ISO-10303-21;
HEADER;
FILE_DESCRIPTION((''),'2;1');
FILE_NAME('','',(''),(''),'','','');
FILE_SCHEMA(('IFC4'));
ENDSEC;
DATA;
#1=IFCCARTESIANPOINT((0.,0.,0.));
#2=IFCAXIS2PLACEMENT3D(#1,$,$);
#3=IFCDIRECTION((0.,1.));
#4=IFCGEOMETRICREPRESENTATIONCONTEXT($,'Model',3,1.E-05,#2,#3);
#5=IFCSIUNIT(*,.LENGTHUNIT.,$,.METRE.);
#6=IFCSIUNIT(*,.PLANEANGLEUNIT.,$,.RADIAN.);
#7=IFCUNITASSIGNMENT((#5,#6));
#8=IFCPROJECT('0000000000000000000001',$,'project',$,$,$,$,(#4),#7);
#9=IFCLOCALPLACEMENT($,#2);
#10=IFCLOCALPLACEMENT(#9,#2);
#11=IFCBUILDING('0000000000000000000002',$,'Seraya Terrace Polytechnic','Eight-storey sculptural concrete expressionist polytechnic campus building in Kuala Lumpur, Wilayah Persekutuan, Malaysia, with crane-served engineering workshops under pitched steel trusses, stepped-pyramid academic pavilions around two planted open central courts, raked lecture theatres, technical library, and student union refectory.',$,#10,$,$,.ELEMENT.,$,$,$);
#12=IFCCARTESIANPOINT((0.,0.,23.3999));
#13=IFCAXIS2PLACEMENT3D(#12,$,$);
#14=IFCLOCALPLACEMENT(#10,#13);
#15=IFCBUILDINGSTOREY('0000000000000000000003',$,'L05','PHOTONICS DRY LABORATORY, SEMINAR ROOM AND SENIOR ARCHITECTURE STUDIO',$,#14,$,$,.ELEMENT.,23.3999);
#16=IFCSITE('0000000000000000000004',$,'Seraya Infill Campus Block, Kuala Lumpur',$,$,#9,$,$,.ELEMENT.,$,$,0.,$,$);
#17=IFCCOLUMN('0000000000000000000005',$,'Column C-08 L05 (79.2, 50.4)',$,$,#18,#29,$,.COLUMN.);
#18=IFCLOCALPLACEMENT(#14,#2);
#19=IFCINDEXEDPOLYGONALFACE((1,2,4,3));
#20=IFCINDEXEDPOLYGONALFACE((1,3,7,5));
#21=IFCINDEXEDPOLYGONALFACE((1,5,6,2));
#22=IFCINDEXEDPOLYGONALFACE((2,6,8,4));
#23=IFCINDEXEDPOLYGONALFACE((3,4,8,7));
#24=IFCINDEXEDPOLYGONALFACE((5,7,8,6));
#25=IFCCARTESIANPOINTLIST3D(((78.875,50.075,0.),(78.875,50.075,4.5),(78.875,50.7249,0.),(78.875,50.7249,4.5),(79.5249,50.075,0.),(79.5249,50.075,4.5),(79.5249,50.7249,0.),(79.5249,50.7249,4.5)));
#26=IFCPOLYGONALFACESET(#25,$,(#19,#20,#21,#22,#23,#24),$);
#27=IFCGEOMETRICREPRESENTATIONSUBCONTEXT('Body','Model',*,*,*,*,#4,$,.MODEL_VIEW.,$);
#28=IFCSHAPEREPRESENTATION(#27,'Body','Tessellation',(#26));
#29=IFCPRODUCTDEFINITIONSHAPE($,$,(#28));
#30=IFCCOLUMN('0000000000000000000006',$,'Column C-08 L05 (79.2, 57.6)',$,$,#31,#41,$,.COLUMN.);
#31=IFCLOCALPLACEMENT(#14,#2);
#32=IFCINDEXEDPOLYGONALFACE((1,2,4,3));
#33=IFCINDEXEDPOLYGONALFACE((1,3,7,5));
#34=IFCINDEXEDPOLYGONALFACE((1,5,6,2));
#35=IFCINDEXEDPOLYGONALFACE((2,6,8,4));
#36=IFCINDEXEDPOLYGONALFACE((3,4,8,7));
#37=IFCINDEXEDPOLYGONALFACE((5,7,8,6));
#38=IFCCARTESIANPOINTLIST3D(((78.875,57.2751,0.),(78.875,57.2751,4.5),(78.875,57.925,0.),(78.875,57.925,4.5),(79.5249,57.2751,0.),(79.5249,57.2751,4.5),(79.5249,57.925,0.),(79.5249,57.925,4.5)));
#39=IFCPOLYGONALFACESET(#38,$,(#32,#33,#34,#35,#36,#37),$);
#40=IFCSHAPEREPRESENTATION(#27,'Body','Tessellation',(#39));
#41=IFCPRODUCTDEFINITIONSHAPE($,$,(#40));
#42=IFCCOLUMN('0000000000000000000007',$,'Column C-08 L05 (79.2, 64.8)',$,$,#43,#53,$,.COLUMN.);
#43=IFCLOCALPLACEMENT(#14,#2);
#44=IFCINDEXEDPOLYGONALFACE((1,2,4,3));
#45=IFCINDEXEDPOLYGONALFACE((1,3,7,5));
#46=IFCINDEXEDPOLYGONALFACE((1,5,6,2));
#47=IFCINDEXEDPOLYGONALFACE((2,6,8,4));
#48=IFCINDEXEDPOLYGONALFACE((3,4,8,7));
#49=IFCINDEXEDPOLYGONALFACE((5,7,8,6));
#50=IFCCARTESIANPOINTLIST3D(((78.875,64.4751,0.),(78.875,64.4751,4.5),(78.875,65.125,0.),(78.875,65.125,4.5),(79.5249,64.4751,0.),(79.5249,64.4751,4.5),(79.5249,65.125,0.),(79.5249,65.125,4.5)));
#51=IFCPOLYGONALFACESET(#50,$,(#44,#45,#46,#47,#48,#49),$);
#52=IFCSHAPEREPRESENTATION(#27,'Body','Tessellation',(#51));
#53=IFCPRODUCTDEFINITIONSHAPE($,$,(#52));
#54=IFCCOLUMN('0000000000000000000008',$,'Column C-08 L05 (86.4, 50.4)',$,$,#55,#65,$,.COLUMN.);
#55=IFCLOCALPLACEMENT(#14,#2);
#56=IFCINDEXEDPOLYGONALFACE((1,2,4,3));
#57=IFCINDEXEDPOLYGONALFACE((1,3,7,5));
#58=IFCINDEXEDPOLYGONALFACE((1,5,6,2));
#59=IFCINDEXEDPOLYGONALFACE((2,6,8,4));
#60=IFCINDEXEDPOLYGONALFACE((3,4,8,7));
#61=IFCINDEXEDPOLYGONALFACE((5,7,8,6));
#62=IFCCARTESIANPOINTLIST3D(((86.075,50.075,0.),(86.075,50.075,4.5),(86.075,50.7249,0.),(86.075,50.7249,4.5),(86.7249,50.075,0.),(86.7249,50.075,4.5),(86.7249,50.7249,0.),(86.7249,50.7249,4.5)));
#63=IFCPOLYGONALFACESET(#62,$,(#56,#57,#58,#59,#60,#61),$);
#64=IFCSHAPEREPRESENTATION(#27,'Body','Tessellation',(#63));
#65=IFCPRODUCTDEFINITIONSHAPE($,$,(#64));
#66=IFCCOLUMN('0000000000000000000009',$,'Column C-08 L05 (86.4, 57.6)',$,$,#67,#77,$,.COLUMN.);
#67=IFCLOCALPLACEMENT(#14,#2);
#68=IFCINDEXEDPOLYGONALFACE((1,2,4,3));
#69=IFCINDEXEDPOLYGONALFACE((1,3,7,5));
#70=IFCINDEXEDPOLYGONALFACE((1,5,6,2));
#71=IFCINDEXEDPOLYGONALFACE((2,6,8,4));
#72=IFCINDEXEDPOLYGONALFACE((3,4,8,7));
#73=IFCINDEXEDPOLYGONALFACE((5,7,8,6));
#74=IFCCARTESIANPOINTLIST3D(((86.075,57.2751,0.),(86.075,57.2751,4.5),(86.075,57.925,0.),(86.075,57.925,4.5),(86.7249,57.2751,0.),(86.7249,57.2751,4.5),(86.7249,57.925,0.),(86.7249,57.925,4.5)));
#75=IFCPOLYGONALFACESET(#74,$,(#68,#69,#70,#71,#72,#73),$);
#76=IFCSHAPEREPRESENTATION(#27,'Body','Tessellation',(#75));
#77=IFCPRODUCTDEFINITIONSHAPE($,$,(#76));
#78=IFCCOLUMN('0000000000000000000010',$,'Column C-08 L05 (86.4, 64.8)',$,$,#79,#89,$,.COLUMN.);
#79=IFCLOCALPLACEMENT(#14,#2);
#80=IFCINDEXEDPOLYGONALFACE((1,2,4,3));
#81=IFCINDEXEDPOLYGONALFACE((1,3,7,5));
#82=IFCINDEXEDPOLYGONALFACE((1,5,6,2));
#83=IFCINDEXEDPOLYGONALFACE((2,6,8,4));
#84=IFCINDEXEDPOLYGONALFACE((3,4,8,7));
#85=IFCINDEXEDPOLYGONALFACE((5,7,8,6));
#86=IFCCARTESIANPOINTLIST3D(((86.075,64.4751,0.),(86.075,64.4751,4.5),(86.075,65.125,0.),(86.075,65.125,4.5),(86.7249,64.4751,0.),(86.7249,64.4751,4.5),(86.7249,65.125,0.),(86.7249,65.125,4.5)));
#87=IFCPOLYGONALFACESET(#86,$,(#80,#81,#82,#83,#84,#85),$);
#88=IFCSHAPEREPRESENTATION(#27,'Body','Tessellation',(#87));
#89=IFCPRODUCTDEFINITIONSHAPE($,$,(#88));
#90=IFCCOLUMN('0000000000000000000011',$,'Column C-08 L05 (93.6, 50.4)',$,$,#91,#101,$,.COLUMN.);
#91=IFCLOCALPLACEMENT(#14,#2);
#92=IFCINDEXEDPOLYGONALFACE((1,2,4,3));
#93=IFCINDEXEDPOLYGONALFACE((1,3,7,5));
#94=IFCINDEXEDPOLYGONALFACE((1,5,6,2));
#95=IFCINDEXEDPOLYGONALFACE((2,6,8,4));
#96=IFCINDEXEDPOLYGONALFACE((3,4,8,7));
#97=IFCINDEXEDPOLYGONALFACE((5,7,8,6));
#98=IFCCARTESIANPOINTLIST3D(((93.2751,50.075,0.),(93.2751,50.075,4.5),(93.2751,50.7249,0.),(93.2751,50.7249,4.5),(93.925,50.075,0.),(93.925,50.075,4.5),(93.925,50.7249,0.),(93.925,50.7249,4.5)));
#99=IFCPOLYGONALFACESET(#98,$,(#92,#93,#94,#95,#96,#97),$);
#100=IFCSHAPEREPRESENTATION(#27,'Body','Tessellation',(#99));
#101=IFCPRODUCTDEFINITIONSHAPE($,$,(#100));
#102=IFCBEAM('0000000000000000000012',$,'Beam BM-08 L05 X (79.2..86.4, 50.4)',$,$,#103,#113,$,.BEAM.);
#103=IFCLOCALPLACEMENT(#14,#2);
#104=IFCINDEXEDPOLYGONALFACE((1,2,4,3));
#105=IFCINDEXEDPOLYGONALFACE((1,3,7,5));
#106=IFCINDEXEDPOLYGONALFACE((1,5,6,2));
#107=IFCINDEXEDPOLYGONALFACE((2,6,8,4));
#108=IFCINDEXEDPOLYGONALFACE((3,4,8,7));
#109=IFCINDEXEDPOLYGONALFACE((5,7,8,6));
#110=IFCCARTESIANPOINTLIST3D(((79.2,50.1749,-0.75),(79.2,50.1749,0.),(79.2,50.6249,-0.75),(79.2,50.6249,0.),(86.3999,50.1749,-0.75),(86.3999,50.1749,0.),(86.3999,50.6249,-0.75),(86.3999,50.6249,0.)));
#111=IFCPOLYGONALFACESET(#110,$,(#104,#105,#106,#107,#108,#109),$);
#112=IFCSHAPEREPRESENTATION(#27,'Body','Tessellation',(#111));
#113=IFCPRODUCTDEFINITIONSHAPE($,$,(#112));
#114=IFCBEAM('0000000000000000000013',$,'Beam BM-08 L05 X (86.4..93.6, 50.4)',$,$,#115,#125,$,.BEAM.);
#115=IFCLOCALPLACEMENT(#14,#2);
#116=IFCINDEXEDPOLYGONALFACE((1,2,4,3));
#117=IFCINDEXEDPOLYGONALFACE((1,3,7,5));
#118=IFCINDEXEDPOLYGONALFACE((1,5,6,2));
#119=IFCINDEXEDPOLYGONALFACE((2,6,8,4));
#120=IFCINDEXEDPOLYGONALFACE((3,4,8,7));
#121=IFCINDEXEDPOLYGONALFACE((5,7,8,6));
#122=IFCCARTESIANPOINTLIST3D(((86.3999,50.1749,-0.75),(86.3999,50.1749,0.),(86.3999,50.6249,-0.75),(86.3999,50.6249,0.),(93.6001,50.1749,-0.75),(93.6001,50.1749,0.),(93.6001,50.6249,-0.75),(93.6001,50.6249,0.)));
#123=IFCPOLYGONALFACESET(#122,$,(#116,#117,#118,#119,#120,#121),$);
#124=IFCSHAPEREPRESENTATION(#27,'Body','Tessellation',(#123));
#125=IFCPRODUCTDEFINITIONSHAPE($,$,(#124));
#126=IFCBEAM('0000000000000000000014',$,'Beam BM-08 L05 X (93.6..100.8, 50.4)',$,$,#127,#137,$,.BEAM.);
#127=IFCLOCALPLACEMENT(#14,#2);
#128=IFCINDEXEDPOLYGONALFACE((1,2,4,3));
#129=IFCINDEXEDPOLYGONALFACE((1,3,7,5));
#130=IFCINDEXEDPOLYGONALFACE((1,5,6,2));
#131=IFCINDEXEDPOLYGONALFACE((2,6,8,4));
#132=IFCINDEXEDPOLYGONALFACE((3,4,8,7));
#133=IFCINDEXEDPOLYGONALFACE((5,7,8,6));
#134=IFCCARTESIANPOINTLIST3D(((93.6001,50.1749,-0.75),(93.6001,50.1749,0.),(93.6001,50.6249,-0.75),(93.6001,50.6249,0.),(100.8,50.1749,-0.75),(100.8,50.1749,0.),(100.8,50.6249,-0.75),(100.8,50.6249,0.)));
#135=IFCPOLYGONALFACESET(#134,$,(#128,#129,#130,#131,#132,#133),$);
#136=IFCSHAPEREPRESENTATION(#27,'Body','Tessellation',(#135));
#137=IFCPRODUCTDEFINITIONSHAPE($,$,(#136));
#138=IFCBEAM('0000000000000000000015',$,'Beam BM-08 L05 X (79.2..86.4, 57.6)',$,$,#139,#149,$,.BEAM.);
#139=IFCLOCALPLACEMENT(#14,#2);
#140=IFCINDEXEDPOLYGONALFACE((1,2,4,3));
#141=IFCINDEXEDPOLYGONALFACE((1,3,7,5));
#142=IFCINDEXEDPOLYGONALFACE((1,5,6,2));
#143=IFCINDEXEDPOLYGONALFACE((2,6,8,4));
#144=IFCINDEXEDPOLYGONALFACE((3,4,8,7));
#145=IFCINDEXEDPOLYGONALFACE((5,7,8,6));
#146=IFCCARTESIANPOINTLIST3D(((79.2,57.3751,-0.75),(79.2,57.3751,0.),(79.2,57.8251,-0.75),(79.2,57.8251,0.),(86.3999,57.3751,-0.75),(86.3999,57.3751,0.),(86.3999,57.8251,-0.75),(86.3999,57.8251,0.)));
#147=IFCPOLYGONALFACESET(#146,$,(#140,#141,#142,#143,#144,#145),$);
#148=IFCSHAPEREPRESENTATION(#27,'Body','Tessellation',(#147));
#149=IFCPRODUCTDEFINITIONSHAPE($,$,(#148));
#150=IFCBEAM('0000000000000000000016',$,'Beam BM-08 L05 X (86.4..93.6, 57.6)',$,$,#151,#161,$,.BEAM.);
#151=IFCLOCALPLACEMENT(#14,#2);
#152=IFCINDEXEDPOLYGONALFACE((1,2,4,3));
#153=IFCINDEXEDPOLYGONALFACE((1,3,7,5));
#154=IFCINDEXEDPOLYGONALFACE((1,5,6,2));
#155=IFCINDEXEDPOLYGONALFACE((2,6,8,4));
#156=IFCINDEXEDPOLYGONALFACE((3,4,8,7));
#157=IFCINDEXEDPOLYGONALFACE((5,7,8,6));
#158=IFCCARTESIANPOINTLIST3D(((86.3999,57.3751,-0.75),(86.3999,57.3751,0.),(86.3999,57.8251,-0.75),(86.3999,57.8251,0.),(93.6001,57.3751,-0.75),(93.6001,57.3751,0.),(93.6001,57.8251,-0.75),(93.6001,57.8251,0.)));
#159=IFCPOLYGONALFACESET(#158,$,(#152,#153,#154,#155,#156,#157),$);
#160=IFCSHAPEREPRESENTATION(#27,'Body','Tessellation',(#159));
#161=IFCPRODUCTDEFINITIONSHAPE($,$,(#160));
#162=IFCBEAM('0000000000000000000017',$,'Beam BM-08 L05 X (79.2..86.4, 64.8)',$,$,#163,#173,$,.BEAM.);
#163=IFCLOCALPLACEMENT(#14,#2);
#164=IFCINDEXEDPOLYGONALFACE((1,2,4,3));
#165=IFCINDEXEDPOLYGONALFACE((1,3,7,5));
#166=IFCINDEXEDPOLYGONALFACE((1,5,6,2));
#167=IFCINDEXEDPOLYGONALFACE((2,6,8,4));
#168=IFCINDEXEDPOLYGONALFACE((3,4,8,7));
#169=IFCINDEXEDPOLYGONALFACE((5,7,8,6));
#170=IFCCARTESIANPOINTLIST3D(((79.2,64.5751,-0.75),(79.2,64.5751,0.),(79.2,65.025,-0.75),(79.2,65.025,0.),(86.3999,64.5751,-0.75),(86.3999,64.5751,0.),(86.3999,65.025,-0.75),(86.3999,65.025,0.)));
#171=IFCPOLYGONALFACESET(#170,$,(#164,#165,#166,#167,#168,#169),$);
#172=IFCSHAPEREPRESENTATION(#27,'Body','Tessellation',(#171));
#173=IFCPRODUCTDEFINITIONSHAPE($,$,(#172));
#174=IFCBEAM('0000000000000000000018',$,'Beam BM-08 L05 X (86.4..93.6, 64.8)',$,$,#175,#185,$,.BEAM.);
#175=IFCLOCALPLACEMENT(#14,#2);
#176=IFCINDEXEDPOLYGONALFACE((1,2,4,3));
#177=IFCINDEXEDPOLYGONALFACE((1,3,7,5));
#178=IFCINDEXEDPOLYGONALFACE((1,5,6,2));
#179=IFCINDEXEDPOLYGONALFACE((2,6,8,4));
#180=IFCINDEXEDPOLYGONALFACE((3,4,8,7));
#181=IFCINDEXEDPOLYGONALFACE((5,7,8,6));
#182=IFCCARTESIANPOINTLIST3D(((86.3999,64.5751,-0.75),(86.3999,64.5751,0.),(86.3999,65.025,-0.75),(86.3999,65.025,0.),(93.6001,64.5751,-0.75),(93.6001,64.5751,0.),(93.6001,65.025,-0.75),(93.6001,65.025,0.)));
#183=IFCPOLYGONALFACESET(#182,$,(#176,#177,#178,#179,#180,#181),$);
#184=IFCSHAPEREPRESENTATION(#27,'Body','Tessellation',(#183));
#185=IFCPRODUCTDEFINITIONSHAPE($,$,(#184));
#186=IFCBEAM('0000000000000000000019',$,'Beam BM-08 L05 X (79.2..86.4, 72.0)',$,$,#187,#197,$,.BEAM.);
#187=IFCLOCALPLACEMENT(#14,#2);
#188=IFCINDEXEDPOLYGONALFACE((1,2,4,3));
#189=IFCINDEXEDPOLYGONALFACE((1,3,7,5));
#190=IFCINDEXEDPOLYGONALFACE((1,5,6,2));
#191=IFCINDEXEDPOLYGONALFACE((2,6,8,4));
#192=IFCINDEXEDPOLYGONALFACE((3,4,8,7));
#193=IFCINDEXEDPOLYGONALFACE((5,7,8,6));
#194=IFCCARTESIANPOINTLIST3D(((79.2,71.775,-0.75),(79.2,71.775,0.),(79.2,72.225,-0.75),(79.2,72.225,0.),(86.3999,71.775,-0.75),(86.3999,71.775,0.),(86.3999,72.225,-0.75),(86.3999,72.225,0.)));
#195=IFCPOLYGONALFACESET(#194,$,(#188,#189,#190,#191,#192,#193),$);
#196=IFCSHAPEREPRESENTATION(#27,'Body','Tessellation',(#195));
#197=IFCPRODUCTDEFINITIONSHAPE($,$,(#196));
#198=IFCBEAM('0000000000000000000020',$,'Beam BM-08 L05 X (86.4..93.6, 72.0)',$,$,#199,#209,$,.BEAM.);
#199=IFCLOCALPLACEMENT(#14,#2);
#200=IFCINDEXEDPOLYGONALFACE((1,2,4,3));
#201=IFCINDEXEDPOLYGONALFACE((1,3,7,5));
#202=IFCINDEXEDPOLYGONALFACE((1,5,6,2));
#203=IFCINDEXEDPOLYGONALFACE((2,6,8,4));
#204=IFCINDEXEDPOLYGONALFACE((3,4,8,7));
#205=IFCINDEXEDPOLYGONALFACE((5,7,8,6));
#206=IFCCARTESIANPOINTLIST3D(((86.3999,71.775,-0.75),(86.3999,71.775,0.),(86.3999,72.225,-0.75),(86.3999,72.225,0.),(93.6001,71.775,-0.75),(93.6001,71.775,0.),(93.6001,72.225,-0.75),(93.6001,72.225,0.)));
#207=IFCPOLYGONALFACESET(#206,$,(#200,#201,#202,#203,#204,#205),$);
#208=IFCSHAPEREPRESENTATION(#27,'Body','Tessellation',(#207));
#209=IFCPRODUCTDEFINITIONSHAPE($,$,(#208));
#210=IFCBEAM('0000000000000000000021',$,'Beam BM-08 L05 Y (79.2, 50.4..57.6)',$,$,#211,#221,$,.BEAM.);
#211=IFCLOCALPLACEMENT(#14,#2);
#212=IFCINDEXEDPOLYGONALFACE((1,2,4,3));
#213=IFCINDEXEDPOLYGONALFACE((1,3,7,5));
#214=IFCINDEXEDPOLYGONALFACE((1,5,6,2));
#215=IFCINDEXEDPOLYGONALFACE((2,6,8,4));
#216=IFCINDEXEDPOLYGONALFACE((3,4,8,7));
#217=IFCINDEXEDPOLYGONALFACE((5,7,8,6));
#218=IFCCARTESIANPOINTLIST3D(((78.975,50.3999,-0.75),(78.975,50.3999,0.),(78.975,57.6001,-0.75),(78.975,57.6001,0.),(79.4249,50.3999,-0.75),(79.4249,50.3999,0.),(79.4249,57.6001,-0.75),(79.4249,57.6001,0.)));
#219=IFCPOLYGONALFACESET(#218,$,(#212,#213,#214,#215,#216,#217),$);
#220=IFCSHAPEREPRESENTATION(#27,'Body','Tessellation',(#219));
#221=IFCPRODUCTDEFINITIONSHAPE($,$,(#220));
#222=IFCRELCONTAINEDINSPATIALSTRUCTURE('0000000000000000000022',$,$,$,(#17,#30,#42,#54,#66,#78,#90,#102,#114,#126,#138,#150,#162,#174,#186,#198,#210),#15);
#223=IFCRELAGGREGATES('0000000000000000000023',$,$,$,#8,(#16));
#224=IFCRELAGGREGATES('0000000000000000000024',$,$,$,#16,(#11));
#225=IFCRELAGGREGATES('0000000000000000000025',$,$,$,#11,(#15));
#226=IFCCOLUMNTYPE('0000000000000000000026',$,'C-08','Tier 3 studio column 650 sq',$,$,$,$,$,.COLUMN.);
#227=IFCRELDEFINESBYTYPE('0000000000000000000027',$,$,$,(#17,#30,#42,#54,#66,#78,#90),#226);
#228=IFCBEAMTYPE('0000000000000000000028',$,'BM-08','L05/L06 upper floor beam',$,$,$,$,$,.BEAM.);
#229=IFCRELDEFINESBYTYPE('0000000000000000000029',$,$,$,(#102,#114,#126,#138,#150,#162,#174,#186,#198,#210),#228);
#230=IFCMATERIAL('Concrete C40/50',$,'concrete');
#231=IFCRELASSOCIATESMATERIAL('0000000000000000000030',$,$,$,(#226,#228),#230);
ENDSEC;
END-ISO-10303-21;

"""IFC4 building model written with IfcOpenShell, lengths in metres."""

from ifc_helpers import new_model, si_unit, direction, frame, origin, origin_2d, place, context, subcontext, project, spatial, rectangle, extrude, material, material_profile, profile_set, type_object, element, save


model = new_model("IFC4")

# Units and contexts
model_context = context("Model", 3, precision=1e-05, world=origin(), true_north=direction((0.0, 1.0)))
body_context = subcontext(model_context, "Body", "Model", "MODEL_VIEW")
ifc_project = project(units=[si_unit("LENGTHUNIT", "METRE"), si_unit("PLANEANGLEUNIT", "RADIAN")], contexts=[model_context])

# Site, building, storey
site_placement = place(None, origin())
site = spatial("IfcSite", under=ifc_project, at=site_placement, Name="Seraya Infill Campus Block, Kuala Lumpur", CompositionType="ELEMENT", RefElevation=0.0)
building_placement = place(site_placement, origin())
building = spatial("IfcBuilding", under=site, at=building_placement, Name="Seraya Terrace Polytechnic", Description="Eight-storey sculptural concrete expressionist polytechnic campus building in Kuala Lumpur, Wilayah Persekutuan, Malaysia, with crane-served engineering workshops under pitched steel trusses, stepped-pyramid academic pavilions around two planted open central courts, raked lecture theatres, technical library, and student union refectory.", CompositionType="ELEMENT")
storey_placement = place(building_placement, frame((0.0, 0.0, 23.3999)))
storey = spatial("IfcBuildingStorey", under=building, at=storey_placement, Name="L05", Description="PHOTONICS DRY LABORATORY, SEMINAR ROOM AND SENIOR ARCHITECTURE STUDIO", CompositionType="ELEMENT", Elevation=23.3999)

# Columns
ifc_material_1 = material(Name="Concrete C40/50", Category="concrete")
ifc_material_profile_1 = material_profile(ifc_material_1, rectangle(XDim=0.6499, YDim=0.6499, at=origin_2d()), Name="RC 650x650")
ifc_profile_set_1 = profile_set([ifc_material_profile_1], Name="Concrete C40/50")
column_type = type_object("IfcColumnType", Name="C-08", Description="Tier 3 studio column 650 sq", PredefinedType="COLUMN", material=ifc_profile_set_1)
for number, where, z_axis, x_axis, name in (
    (1, (79.2, 50.3999, 0.0), (0.0, 0.0, 1.0), (1.0, 0.0, 0.0), "Column C-08 L05 (79.2, 50.4)"),
    (2, (79.2, 57.6001, 0.0), (0.0, 0.0, 1.0), (1.0, 0.0, 0.0), "Column C-08 L05 (79.2, 57.6)"),
    (3, (79.2, 64.8, 0.0), (0.0, 0.0, 1.0), (1.0, 0.0, 0.0), "Column C-08 L05 (79.2, 64.8)"),
    (4, (86.3999, 50.3999, 0.0), (0.0, 0.0, 1.0), (1.0, 0.0, 0.0), "Column C-08 L05 (86.4, 50.4)"),
    (5, (86.3999, 57.6001, 0.0), (0.0, 0.0, 1.0), (1.0, 0.0, 0.0), "Column C-08 L05 (86.4, 57.6)"),
    (6, (86.3999, 64.8, 0.0), (0.0, 0.0, 1.0), (1.0, 0.0, 0.0), "Column C-08 L05 (86.4, 64.8)"),
    (7, (93.6001, 50.3999, 0.0), (0.0, 0.0, 1.0), (1.0, 0.0, 0.0), "Column C-08 L05 (93.6, 50.4)"),
):
    element("IfcColumn", number, at=place(storey_placement, frame(where, z_axis=z_axis, x_axis=x_axis)), inside=storey, type_object=column_type, Name=name, PredefinedType="COLUMN", context=body_context, shape_type="SweptSolid", body=[
        extrude(rectangle(XDim=0.6499, YDim=0.6499, at=origin_2d()), origin(), (0.0, 0.0, 1.0), 4.5),
    ])

# Beams
ifc_material_profile_2 = material_profile(ifc_material_1, rectangle(XDim=0.45, YDim=0.75, at=origin_2d()), Name="RC 450x750")
ifc_profile_set_2 = profile_set([ifc_material_profile_2], Name="Concrete C40/50")
beam_type_1 = type_object("IfcBeamType", Name="BM-08", Description="L05/L06 upper floor beam", PredefinedType="BEAM", material=ifc_profile_set_2)
beam_1_placement = place(storey_placement, frame((79.2, 50.3999, -0.375), z_axis=(1.0, 0.0, 0.0), x_axis=(0.0, 1.0, 0.0)))
element("IfcBeam", 8, at=beam_1_placement, inside=storey, type_object=beam_type_1, Name="Beam BM-08 L05 X (79.2..86.4, 50.4)", PredefinedType="BEAM", context=body_context, shape_type="SweptSolid", body=[
    extrude(rectangle(XDim=0.45, YDim=0.75, at=origin_2d()), origin(), (0.0, 0.0, 1.0), 7.2),
])
beam_2_placement = place(storey_placement, frame((86.3999, 50.3999, -0.375), z_axis=(1.0, 0.0, 0.0), x_axis=(0.0, 1.0, 0.0)))
element("IfcBeam", 9, at=beam_2_placement, inside=storey, type_object=beam_type_1, Name="Beam BM-08 L05 X (86.4..93.6, 50.4)", PredefinedType="BEAM", context=body_context, shape_type="SweptSolid", body=[
    extrude(rectangle(XDim=0.45, YDim=0.75, at=origin_2d()), origin(), (0.0, 0.0, 1.0), 7.2002),
])
for number, where, z_axis, x_axis, name in (
    (10, (93.6001, 50.3999, -0.375), (1.0, 0.0, 0.0), (0.0, 1.0, 0.0), "Beam BM-08 L05 X (93.6..100.8, 50.4)"),
    (11, (79.2, 57.6001, -0.375), (1.0, 0.0, 0.0), (0.0, 1.0, 0.0), "Beam BM-08 L05 X (79.2..86.4, 57.6)"),
):
    element("IfcBeam", number, at=place(storey_placement, frame(where, z_axis=z_axis, x_axis=x_axis)), inside=storey, type_object=beam_type_1, Name=name, PredefinedType="BEAM", context=body_context, shape_type="SweptSolid", body=[
        extrude(rectangle(XDim=0.45, YDim=0.75, at=origin_2d()), origin(), (0.0, 0.0, 1.0), 7.2),
    ])
beam_3_placement = place(storey_placement, frame((86.3999, 57.6001, -0.375), z_axis=(1.0, 0.0, 0.0), x_axis=(0.0, 1.0, 0.0)))
element("IfcBeam", 12, at=beam_3_placement, inside=storey, type_object=beam_type_1, Name="Beam BM-08 L05 X (86.4..93.6, 57.6)", PredefinedType="BEAM", context=body_context, shape_type="SweptSolid", body=[
    extrude(rectangle(XDim=0.45, YDim=0.75, at=origin_2d()), origin(), (0.0, 0.0, 1.0), 7.2002),
])
beam_4_placement = place(storey_placement, frame((79.2, 64.8, -0.375), z_axis=(1.0, 0.0, 0.0), x_axis=(0.0, 1.0, 0.0)))
element("IfcBeam", 13, at=beam_4_placement, inside=storey, type_object=beam_type_1, Name="Beam BM-08 L05 X (79.2..86.4, 64.8)", PredefinedType="BEAM", context=body_context, shape_type="SweptSolid", body=[
    extrude(rectangle(XDim=0.45, YDim=0.75, at=origin_2d()), origin(), (0.0, 0.0, 1.0), 7.2),
])
beam_5_placement = place(storey_placement, frame((86.3999, 64.8, -0.375), z_axis=(1.0, 0.0, 0.0), x_axis=(0.0, 1.0, 0.0)))
element("IfcBeam", 14, at=beam_5_placement, inside=storey, type_object=beam_type_1, Name="Beam BM-08 L05 X (86.4..93.6, 64.8)", PredefinedType="BEAM", context=body_context, shape_type="SweptSolid", body=[
    extrude(rectangle(XDim=0.45, YDim=0.75, at=origin_2d()), origin(), (0.0, 0.0, 1.0), 7.2002),
])
beam_6_placement = place(storey_placement, frame((79.2, 72.0, -0.375), z_axis=(1.0, 0.0, 0.0), x_axis=(0.0, 1.0, 0.0)))
element("IfcBeam", 15, at=beam_6_placement, inside=storey, type_object=beam_type_1, Name="Beam BM-08 L05 X (79.2..86.4, 72.0)", PredefinedType="BEAM", context=body_context, shape_type="SweptSolid", body=[
    extrude(rectangle(XDim=0.45, YDim=0.75, at=origin_2d()), origin(), (0.0, 0.0, 1.0), 7.2),
])
for number, where, z_axis, x_axis, name in (
    (16, (86.3999, 72.0, -0.375), (1.0, 0.0, 0.0), (0.0, 1.0, 0.0), "Beam BM-08 L05 X (86.4..93.6, 72.0)"),
    (17, (79.2, 50.3999, -0.375), (0.0, 1.0, 0.0), (-1.0, 0.0, 0.0), "Beam BM-08 L05 Y (79.2, 50.4..57.6)"),
):
    element("IfcBeam", number, at=place(storey_placement, frame(where, z_axis=z_axis, x_axis=x_axis)), inside=storey, type_object=beam_type_1, Name=name, PredefinedType="BEAM", context=body_context, shape_type="SweptSolid", body=[
        extrude(rectangle(XDim=0.45, YDim=0.75, at=origin_2d()), origin(), (0.0, 0.0, 1.0), 7.2002),
    ])

save(model, "model.ifc")
